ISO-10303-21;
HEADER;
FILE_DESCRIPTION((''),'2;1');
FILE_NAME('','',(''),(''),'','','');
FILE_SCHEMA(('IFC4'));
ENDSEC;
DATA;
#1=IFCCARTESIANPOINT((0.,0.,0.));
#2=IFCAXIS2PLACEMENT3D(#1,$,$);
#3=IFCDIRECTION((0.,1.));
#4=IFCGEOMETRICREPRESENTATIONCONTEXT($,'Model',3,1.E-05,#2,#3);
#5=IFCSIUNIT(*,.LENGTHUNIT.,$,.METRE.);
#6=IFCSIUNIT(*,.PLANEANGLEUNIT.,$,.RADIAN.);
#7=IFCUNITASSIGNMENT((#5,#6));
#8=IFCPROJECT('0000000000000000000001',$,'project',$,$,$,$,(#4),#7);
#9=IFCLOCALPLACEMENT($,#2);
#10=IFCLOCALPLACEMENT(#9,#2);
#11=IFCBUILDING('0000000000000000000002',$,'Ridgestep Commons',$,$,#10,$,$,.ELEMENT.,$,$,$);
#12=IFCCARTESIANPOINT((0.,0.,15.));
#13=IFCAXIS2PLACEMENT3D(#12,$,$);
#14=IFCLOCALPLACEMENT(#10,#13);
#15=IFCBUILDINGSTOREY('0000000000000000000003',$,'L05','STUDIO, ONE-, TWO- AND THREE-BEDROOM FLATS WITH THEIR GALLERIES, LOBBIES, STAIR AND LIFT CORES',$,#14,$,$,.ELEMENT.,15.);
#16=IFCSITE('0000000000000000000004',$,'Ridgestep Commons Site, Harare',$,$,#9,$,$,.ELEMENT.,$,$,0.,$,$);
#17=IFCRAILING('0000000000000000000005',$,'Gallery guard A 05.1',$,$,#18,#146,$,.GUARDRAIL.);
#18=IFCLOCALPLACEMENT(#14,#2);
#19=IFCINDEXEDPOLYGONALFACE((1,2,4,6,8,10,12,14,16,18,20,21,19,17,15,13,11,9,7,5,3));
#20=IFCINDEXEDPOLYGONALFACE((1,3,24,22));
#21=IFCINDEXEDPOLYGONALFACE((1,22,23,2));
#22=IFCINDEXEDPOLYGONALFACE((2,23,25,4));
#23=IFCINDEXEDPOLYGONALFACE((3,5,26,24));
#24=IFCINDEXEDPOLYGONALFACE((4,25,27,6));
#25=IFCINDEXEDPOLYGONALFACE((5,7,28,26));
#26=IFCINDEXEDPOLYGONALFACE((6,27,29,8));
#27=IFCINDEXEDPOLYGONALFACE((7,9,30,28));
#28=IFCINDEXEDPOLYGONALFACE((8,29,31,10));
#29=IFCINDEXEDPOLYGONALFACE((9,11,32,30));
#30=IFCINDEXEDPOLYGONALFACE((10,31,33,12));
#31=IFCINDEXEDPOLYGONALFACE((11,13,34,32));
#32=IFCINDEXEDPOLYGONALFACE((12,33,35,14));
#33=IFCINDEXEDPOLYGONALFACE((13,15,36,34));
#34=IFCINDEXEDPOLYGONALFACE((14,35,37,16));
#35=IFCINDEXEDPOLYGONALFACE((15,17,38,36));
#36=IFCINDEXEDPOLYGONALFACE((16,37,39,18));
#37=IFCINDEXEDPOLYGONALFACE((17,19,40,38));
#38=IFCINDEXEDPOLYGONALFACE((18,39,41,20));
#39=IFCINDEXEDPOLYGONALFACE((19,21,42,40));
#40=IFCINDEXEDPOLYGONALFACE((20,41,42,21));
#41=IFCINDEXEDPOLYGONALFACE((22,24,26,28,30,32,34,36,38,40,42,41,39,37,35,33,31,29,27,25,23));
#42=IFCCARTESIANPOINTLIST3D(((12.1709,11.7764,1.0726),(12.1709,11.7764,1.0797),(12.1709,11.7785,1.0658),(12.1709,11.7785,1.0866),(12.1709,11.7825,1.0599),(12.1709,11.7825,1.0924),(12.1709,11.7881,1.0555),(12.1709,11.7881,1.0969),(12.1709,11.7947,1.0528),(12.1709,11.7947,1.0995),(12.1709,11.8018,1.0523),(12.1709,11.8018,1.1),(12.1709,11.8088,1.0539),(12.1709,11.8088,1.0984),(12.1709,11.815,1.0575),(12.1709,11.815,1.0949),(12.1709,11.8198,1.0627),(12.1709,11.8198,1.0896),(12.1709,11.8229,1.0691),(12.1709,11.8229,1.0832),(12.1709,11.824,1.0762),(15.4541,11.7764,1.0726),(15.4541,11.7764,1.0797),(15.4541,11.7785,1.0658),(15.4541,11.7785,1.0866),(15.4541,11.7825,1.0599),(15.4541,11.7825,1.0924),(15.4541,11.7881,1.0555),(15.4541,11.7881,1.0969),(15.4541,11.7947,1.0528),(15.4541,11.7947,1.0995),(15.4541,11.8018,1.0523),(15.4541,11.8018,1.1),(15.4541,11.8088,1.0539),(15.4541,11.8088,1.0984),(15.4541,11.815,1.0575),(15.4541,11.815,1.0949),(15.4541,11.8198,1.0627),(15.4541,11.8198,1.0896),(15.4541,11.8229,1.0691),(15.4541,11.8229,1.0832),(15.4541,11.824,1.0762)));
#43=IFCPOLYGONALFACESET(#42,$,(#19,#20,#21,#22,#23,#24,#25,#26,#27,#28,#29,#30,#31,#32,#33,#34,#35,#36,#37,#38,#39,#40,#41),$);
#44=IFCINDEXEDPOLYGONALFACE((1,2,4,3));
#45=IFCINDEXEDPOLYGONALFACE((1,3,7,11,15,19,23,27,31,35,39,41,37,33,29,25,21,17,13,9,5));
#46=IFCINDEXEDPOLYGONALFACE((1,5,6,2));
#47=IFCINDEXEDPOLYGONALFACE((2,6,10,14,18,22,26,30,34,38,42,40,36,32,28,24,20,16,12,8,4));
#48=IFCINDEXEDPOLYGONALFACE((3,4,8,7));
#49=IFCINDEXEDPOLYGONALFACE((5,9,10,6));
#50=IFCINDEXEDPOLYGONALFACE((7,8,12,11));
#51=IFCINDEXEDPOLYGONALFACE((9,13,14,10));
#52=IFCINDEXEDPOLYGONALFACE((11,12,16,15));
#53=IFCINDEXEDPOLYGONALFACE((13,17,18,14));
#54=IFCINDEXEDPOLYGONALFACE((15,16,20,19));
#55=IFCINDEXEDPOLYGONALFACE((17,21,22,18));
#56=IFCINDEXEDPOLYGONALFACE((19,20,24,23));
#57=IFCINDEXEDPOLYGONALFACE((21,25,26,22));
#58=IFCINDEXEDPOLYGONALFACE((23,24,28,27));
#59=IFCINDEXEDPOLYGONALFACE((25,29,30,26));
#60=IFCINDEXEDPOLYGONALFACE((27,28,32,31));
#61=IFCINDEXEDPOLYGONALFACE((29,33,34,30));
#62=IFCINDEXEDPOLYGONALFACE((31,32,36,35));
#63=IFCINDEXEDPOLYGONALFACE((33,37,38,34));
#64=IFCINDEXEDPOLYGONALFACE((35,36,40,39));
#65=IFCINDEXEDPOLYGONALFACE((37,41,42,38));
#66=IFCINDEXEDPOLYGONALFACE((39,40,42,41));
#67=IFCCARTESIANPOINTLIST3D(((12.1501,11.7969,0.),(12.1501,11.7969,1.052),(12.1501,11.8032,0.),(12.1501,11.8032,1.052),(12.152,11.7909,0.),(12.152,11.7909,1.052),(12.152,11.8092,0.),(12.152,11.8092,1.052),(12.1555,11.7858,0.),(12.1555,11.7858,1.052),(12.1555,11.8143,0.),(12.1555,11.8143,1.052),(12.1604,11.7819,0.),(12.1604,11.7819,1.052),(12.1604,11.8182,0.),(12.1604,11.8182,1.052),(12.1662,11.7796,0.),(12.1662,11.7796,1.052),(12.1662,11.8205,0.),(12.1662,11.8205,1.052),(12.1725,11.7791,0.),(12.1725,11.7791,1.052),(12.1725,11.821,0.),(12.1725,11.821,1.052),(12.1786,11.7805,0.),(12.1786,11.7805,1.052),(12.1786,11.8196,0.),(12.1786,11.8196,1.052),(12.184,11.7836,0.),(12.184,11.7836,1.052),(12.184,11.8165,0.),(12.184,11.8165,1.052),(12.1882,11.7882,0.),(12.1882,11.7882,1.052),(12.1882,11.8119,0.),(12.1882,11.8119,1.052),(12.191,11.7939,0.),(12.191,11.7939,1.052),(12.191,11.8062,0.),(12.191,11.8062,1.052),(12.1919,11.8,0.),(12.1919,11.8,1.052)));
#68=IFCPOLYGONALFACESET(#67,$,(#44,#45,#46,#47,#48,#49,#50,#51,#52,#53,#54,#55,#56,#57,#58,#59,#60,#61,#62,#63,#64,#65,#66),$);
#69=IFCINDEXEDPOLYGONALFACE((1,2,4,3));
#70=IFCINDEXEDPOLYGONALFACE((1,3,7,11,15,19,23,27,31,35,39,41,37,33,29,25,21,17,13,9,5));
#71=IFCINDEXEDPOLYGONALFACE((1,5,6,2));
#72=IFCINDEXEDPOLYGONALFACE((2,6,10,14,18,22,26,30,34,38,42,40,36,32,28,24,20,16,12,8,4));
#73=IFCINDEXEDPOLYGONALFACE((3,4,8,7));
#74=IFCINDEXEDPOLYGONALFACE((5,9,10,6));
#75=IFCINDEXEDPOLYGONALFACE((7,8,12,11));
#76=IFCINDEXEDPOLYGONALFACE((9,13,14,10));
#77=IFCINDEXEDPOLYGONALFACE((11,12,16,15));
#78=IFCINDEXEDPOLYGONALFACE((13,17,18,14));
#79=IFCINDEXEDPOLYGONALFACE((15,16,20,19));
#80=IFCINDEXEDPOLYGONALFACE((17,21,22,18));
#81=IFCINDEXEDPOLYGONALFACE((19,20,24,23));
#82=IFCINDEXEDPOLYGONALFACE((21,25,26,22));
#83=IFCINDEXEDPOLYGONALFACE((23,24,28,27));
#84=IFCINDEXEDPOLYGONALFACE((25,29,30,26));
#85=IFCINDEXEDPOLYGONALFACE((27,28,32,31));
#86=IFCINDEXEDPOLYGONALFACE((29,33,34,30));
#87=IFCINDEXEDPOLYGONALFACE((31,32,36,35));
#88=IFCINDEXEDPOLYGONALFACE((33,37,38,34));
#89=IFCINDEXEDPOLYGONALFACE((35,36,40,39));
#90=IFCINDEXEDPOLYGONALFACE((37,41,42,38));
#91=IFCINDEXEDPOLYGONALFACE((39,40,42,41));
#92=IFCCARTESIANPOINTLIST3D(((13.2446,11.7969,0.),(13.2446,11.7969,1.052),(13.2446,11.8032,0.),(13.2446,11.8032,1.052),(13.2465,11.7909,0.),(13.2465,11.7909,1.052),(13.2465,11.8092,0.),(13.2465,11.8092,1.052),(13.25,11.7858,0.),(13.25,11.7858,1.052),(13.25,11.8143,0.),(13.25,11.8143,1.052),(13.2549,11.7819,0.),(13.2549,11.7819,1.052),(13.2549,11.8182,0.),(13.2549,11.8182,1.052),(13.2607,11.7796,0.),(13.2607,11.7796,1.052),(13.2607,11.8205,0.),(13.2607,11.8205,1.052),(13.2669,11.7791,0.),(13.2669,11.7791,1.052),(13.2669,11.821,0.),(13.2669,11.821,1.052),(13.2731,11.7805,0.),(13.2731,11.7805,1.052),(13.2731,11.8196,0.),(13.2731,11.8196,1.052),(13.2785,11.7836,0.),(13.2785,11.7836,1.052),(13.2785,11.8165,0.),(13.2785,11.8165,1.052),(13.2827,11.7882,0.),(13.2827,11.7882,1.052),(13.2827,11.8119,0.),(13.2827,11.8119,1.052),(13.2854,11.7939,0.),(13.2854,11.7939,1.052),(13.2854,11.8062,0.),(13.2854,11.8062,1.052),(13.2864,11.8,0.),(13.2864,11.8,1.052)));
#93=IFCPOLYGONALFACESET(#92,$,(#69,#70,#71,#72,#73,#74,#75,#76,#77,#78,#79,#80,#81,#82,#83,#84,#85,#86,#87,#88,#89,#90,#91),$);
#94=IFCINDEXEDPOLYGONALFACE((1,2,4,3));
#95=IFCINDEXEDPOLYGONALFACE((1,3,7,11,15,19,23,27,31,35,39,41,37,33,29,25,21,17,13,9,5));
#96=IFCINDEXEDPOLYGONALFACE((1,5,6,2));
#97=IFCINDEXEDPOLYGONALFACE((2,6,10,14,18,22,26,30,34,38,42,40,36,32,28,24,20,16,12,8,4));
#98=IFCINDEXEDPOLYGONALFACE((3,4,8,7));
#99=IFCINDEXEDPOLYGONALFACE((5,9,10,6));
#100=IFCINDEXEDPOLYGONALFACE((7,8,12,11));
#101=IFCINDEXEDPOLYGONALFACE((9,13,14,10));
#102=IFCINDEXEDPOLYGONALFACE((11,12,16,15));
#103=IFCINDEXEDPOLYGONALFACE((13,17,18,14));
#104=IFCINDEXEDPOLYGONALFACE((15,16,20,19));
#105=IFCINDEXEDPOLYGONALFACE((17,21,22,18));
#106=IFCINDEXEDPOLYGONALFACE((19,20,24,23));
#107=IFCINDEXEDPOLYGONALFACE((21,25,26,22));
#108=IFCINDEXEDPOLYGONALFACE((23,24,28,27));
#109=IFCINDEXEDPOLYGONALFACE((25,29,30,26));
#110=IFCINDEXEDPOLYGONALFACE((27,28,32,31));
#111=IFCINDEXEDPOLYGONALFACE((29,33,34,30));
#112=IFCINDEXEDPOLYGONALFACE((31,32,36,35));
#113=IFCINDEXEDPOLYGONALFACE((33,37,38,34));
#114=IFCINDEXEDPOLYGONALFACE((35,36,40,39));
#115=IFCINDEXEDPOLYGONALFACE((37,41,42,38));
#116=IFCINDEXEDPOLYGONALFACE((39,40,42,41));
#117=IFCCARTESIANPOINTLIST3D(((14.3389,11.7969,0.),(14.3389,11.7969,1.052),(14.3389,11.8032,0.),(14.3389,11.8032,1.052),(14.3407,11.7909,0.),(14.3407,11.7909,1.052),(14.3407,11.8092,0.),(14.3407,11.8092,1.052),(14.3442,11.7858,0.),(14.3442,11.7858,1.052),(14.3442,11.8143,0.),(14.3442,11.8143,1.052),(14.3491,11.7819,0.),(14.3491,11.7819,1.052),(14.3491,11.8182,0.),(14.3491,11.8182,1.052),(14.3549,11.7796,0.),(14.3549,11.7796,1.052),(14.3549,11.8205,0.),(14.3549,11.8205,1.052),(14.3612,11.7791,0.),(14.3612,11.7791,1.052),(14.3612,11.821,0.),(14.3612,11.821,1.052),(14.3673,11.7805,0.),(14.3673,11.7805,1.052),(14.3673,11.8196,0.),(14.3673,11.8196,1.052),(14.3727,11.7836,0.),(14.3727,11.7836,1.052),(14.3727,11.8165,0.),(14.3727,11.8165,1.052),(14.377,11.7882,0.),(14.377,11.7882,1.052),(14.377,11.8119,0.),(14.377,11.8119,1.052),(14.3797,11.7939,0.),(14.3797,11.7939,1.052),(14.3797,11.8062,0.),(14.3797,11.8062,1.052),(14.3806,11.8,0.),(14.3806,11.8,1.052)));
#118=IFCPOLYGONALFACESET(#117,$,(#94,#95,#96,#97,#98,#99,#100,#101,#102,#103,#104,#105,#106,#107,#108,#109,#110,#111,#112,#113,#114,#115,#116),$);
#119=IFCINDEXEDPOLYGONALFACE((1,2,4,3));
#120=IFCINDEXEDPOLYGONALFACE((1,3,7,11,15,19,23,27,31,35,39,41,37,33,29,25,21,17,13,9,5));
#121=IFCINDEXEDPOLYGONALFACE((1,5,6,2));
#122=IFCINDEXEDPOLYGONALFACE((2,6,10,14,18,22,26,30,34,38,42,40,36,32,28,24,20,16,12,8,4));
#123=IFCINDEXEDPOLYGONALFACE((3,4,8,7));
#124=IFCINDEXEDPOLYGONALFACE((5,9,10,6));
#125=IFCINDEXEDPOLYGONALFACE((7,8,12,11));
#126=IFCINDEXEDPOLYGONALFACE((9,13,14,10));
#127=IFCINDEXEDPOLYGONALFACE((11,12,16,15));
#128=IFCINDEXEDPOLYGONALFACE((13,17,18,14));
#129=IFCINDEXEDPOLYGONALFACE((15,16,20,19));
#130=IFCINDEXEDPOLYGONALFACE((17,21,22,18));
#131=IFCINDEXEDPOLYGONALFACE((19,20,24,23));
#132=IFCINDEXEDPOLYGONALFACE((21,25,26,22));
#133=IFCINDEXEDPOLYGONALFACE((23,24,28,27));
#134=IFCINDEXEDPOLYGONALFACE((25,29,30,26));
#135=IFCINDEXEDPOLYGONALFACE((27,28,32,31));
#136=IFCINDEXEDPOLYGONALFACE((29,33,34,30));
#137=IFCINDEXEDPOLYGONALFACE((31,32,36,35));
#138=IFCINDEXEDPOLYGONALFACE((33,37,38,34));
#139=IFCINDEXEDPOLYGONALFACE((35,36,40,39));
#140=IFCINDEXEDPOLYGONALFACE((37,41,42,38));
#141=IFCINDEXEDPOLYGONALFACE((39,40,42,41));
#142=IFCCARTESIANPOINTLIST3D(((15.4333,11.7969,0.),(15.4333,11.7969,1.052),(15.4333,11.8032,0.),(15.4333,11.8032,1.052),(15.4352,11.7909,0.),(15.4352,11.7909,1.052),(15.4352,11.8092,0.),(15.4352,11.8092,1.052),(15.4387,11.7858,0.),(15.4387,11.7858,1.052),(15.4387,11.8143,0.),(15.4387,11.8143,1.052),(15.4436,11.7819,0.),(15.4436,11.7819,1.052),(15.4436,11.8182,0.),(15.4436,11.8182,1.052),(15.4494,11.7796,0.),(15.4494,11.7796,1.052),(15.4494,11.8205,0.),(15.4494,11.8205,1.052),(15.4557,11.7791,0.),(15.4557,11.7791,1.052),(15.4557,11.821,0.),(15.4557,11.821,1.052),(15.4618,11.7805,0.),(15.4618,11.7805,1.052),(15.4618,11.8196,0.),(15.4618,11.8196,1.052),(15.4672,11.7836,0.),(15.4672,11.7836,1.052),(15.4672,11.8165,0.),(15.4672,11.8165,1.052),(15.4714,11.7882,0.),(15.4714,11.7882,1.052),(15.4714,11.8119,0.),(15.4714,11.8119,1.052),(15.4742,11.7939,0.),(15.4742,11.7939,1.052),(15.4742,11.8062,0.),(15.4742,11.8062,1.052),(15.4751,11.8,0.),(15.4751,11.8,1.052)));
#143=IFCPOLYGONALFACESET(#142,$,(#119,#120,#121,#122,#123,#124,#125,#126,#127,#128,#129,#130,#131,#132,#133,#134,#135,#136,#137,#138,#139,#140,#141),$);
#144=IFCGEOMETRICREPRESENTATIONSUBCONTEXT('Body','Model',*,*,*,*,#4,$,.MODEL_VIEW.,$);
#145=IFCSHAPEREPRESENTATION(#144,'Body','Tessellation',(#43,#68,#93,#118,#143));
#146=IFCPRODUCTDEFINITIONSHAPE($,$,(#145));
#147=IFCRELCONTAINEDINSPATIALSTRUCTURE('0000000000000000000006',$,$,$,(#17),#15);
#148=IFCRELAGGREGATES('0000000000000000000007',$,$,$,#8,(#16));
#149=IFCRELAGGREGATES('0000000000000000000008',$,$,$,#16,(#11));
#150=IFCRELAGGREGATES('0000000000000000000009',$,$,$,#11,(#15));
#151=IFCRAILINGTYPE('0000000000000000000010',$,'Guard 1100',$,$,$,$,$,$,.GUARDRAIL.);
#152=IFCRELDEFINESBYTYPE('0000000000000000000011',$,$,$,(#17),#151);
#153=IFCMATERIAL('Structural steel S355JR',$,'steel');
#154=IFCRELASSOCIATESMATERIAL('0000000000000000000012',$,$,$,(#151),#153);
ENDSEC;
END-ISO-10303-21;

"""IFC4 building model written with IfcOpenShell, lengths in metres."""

from ifc_helpers import new_model, si_unit, direction, frame, origin, origin_2d, place, context, subcontext, project, spatial, circle, extrude, material, type_object, element, save


model = new_model("IFC4")

# Units and contexts
model_context = context("Model", 3, precision=1e-05, world=origin(), true_north=direction((0.0, 1.0)))
body_context = subcontext(model_context, "Body", "Model", "MODEL_VIEW")
ifc_project = project(units=[si_unit("LENGTHUNIT", "METRE"), si_unit("PLANEANGLEUNIT", "RADIAN")], contexts=[model_context])

# Site, building, storey
site_placement = place(None, origin())
site = spatial("IfcSite", under=ifc_project, at=site_placement, Name="Ridgestep Commons Site, Harare", CompositionType="ELEMENT", RefElevation=0.0)
building_placement = place(site_placement, origin())
building = spatial("IfcBuilding", under=site, at=building_placement, Name="Ridgestep Commons", CompositionType="ELEMENT")
storey_placement = place(building_placement, frame((0.0, 0.0, 15.0)))
storey = spatial("IfcBuildingStorey", under=building, at=storey_placement, Name="L05", Description="STUDIO, ONE-, TWO- AND THREE-BEDROOM FLATS WITH THEIR GALLERIES, LOBBIES, STAIR AND LIFT CORES", CompositionType="ELEMENT", Elevation=15.0)

# Railing
ifc_material_1 = material(Name="Structural steel S355JR", Category="steel")
railing_type = type_object("IfcRailingType", Name="Guard 1100", PredefinedType="GUARDRAIL", material=ifc_material_1)
railing_1_placement = place(storey_placement, frame((12.1709, 11.8, 0.0)))
element("IfcRailing", 1, at=railing_1_placement, inside=storey, type_object=railing_type, Name="Gallery guard A 05.1", PredefinedType="GUARDRAIL", context=body_context, shape_type="SweptSolid", body=[
    extrude(circle(Radius=0.0239, at=origin_2d()), frame((0.0, 0.0, 1.0762), z_axis=(1.0, 0.0, 0.0), x_axis=(0.0, 1.0, 0.0)), (0.0, 0.0, 1.0), 3.2832),
    extrude(circle(Radius=0.021, at=origin_2d()), origin(), (0.0, 0.0, 1.0), 1.052),
    extrude(circle(Radius=0.021, at=origin_2d()), frame((1.0945, 0.0, 0.0)), (0.0, 0.0, 1.0), 1.052),
    extrude(circle(Radius=0.021, at=origin_2d()), frame((2.1887, 0.0, 0.0)), (0.0, 0.0, 1.0), 1.052),
    extrude(circle(Radius=0.021, at=origin_2d()), frame((3.2832, 0.0, 0.0)), (0.0, 0.0, 1.0), 1.052),
])

save(model, "model.ifc")
